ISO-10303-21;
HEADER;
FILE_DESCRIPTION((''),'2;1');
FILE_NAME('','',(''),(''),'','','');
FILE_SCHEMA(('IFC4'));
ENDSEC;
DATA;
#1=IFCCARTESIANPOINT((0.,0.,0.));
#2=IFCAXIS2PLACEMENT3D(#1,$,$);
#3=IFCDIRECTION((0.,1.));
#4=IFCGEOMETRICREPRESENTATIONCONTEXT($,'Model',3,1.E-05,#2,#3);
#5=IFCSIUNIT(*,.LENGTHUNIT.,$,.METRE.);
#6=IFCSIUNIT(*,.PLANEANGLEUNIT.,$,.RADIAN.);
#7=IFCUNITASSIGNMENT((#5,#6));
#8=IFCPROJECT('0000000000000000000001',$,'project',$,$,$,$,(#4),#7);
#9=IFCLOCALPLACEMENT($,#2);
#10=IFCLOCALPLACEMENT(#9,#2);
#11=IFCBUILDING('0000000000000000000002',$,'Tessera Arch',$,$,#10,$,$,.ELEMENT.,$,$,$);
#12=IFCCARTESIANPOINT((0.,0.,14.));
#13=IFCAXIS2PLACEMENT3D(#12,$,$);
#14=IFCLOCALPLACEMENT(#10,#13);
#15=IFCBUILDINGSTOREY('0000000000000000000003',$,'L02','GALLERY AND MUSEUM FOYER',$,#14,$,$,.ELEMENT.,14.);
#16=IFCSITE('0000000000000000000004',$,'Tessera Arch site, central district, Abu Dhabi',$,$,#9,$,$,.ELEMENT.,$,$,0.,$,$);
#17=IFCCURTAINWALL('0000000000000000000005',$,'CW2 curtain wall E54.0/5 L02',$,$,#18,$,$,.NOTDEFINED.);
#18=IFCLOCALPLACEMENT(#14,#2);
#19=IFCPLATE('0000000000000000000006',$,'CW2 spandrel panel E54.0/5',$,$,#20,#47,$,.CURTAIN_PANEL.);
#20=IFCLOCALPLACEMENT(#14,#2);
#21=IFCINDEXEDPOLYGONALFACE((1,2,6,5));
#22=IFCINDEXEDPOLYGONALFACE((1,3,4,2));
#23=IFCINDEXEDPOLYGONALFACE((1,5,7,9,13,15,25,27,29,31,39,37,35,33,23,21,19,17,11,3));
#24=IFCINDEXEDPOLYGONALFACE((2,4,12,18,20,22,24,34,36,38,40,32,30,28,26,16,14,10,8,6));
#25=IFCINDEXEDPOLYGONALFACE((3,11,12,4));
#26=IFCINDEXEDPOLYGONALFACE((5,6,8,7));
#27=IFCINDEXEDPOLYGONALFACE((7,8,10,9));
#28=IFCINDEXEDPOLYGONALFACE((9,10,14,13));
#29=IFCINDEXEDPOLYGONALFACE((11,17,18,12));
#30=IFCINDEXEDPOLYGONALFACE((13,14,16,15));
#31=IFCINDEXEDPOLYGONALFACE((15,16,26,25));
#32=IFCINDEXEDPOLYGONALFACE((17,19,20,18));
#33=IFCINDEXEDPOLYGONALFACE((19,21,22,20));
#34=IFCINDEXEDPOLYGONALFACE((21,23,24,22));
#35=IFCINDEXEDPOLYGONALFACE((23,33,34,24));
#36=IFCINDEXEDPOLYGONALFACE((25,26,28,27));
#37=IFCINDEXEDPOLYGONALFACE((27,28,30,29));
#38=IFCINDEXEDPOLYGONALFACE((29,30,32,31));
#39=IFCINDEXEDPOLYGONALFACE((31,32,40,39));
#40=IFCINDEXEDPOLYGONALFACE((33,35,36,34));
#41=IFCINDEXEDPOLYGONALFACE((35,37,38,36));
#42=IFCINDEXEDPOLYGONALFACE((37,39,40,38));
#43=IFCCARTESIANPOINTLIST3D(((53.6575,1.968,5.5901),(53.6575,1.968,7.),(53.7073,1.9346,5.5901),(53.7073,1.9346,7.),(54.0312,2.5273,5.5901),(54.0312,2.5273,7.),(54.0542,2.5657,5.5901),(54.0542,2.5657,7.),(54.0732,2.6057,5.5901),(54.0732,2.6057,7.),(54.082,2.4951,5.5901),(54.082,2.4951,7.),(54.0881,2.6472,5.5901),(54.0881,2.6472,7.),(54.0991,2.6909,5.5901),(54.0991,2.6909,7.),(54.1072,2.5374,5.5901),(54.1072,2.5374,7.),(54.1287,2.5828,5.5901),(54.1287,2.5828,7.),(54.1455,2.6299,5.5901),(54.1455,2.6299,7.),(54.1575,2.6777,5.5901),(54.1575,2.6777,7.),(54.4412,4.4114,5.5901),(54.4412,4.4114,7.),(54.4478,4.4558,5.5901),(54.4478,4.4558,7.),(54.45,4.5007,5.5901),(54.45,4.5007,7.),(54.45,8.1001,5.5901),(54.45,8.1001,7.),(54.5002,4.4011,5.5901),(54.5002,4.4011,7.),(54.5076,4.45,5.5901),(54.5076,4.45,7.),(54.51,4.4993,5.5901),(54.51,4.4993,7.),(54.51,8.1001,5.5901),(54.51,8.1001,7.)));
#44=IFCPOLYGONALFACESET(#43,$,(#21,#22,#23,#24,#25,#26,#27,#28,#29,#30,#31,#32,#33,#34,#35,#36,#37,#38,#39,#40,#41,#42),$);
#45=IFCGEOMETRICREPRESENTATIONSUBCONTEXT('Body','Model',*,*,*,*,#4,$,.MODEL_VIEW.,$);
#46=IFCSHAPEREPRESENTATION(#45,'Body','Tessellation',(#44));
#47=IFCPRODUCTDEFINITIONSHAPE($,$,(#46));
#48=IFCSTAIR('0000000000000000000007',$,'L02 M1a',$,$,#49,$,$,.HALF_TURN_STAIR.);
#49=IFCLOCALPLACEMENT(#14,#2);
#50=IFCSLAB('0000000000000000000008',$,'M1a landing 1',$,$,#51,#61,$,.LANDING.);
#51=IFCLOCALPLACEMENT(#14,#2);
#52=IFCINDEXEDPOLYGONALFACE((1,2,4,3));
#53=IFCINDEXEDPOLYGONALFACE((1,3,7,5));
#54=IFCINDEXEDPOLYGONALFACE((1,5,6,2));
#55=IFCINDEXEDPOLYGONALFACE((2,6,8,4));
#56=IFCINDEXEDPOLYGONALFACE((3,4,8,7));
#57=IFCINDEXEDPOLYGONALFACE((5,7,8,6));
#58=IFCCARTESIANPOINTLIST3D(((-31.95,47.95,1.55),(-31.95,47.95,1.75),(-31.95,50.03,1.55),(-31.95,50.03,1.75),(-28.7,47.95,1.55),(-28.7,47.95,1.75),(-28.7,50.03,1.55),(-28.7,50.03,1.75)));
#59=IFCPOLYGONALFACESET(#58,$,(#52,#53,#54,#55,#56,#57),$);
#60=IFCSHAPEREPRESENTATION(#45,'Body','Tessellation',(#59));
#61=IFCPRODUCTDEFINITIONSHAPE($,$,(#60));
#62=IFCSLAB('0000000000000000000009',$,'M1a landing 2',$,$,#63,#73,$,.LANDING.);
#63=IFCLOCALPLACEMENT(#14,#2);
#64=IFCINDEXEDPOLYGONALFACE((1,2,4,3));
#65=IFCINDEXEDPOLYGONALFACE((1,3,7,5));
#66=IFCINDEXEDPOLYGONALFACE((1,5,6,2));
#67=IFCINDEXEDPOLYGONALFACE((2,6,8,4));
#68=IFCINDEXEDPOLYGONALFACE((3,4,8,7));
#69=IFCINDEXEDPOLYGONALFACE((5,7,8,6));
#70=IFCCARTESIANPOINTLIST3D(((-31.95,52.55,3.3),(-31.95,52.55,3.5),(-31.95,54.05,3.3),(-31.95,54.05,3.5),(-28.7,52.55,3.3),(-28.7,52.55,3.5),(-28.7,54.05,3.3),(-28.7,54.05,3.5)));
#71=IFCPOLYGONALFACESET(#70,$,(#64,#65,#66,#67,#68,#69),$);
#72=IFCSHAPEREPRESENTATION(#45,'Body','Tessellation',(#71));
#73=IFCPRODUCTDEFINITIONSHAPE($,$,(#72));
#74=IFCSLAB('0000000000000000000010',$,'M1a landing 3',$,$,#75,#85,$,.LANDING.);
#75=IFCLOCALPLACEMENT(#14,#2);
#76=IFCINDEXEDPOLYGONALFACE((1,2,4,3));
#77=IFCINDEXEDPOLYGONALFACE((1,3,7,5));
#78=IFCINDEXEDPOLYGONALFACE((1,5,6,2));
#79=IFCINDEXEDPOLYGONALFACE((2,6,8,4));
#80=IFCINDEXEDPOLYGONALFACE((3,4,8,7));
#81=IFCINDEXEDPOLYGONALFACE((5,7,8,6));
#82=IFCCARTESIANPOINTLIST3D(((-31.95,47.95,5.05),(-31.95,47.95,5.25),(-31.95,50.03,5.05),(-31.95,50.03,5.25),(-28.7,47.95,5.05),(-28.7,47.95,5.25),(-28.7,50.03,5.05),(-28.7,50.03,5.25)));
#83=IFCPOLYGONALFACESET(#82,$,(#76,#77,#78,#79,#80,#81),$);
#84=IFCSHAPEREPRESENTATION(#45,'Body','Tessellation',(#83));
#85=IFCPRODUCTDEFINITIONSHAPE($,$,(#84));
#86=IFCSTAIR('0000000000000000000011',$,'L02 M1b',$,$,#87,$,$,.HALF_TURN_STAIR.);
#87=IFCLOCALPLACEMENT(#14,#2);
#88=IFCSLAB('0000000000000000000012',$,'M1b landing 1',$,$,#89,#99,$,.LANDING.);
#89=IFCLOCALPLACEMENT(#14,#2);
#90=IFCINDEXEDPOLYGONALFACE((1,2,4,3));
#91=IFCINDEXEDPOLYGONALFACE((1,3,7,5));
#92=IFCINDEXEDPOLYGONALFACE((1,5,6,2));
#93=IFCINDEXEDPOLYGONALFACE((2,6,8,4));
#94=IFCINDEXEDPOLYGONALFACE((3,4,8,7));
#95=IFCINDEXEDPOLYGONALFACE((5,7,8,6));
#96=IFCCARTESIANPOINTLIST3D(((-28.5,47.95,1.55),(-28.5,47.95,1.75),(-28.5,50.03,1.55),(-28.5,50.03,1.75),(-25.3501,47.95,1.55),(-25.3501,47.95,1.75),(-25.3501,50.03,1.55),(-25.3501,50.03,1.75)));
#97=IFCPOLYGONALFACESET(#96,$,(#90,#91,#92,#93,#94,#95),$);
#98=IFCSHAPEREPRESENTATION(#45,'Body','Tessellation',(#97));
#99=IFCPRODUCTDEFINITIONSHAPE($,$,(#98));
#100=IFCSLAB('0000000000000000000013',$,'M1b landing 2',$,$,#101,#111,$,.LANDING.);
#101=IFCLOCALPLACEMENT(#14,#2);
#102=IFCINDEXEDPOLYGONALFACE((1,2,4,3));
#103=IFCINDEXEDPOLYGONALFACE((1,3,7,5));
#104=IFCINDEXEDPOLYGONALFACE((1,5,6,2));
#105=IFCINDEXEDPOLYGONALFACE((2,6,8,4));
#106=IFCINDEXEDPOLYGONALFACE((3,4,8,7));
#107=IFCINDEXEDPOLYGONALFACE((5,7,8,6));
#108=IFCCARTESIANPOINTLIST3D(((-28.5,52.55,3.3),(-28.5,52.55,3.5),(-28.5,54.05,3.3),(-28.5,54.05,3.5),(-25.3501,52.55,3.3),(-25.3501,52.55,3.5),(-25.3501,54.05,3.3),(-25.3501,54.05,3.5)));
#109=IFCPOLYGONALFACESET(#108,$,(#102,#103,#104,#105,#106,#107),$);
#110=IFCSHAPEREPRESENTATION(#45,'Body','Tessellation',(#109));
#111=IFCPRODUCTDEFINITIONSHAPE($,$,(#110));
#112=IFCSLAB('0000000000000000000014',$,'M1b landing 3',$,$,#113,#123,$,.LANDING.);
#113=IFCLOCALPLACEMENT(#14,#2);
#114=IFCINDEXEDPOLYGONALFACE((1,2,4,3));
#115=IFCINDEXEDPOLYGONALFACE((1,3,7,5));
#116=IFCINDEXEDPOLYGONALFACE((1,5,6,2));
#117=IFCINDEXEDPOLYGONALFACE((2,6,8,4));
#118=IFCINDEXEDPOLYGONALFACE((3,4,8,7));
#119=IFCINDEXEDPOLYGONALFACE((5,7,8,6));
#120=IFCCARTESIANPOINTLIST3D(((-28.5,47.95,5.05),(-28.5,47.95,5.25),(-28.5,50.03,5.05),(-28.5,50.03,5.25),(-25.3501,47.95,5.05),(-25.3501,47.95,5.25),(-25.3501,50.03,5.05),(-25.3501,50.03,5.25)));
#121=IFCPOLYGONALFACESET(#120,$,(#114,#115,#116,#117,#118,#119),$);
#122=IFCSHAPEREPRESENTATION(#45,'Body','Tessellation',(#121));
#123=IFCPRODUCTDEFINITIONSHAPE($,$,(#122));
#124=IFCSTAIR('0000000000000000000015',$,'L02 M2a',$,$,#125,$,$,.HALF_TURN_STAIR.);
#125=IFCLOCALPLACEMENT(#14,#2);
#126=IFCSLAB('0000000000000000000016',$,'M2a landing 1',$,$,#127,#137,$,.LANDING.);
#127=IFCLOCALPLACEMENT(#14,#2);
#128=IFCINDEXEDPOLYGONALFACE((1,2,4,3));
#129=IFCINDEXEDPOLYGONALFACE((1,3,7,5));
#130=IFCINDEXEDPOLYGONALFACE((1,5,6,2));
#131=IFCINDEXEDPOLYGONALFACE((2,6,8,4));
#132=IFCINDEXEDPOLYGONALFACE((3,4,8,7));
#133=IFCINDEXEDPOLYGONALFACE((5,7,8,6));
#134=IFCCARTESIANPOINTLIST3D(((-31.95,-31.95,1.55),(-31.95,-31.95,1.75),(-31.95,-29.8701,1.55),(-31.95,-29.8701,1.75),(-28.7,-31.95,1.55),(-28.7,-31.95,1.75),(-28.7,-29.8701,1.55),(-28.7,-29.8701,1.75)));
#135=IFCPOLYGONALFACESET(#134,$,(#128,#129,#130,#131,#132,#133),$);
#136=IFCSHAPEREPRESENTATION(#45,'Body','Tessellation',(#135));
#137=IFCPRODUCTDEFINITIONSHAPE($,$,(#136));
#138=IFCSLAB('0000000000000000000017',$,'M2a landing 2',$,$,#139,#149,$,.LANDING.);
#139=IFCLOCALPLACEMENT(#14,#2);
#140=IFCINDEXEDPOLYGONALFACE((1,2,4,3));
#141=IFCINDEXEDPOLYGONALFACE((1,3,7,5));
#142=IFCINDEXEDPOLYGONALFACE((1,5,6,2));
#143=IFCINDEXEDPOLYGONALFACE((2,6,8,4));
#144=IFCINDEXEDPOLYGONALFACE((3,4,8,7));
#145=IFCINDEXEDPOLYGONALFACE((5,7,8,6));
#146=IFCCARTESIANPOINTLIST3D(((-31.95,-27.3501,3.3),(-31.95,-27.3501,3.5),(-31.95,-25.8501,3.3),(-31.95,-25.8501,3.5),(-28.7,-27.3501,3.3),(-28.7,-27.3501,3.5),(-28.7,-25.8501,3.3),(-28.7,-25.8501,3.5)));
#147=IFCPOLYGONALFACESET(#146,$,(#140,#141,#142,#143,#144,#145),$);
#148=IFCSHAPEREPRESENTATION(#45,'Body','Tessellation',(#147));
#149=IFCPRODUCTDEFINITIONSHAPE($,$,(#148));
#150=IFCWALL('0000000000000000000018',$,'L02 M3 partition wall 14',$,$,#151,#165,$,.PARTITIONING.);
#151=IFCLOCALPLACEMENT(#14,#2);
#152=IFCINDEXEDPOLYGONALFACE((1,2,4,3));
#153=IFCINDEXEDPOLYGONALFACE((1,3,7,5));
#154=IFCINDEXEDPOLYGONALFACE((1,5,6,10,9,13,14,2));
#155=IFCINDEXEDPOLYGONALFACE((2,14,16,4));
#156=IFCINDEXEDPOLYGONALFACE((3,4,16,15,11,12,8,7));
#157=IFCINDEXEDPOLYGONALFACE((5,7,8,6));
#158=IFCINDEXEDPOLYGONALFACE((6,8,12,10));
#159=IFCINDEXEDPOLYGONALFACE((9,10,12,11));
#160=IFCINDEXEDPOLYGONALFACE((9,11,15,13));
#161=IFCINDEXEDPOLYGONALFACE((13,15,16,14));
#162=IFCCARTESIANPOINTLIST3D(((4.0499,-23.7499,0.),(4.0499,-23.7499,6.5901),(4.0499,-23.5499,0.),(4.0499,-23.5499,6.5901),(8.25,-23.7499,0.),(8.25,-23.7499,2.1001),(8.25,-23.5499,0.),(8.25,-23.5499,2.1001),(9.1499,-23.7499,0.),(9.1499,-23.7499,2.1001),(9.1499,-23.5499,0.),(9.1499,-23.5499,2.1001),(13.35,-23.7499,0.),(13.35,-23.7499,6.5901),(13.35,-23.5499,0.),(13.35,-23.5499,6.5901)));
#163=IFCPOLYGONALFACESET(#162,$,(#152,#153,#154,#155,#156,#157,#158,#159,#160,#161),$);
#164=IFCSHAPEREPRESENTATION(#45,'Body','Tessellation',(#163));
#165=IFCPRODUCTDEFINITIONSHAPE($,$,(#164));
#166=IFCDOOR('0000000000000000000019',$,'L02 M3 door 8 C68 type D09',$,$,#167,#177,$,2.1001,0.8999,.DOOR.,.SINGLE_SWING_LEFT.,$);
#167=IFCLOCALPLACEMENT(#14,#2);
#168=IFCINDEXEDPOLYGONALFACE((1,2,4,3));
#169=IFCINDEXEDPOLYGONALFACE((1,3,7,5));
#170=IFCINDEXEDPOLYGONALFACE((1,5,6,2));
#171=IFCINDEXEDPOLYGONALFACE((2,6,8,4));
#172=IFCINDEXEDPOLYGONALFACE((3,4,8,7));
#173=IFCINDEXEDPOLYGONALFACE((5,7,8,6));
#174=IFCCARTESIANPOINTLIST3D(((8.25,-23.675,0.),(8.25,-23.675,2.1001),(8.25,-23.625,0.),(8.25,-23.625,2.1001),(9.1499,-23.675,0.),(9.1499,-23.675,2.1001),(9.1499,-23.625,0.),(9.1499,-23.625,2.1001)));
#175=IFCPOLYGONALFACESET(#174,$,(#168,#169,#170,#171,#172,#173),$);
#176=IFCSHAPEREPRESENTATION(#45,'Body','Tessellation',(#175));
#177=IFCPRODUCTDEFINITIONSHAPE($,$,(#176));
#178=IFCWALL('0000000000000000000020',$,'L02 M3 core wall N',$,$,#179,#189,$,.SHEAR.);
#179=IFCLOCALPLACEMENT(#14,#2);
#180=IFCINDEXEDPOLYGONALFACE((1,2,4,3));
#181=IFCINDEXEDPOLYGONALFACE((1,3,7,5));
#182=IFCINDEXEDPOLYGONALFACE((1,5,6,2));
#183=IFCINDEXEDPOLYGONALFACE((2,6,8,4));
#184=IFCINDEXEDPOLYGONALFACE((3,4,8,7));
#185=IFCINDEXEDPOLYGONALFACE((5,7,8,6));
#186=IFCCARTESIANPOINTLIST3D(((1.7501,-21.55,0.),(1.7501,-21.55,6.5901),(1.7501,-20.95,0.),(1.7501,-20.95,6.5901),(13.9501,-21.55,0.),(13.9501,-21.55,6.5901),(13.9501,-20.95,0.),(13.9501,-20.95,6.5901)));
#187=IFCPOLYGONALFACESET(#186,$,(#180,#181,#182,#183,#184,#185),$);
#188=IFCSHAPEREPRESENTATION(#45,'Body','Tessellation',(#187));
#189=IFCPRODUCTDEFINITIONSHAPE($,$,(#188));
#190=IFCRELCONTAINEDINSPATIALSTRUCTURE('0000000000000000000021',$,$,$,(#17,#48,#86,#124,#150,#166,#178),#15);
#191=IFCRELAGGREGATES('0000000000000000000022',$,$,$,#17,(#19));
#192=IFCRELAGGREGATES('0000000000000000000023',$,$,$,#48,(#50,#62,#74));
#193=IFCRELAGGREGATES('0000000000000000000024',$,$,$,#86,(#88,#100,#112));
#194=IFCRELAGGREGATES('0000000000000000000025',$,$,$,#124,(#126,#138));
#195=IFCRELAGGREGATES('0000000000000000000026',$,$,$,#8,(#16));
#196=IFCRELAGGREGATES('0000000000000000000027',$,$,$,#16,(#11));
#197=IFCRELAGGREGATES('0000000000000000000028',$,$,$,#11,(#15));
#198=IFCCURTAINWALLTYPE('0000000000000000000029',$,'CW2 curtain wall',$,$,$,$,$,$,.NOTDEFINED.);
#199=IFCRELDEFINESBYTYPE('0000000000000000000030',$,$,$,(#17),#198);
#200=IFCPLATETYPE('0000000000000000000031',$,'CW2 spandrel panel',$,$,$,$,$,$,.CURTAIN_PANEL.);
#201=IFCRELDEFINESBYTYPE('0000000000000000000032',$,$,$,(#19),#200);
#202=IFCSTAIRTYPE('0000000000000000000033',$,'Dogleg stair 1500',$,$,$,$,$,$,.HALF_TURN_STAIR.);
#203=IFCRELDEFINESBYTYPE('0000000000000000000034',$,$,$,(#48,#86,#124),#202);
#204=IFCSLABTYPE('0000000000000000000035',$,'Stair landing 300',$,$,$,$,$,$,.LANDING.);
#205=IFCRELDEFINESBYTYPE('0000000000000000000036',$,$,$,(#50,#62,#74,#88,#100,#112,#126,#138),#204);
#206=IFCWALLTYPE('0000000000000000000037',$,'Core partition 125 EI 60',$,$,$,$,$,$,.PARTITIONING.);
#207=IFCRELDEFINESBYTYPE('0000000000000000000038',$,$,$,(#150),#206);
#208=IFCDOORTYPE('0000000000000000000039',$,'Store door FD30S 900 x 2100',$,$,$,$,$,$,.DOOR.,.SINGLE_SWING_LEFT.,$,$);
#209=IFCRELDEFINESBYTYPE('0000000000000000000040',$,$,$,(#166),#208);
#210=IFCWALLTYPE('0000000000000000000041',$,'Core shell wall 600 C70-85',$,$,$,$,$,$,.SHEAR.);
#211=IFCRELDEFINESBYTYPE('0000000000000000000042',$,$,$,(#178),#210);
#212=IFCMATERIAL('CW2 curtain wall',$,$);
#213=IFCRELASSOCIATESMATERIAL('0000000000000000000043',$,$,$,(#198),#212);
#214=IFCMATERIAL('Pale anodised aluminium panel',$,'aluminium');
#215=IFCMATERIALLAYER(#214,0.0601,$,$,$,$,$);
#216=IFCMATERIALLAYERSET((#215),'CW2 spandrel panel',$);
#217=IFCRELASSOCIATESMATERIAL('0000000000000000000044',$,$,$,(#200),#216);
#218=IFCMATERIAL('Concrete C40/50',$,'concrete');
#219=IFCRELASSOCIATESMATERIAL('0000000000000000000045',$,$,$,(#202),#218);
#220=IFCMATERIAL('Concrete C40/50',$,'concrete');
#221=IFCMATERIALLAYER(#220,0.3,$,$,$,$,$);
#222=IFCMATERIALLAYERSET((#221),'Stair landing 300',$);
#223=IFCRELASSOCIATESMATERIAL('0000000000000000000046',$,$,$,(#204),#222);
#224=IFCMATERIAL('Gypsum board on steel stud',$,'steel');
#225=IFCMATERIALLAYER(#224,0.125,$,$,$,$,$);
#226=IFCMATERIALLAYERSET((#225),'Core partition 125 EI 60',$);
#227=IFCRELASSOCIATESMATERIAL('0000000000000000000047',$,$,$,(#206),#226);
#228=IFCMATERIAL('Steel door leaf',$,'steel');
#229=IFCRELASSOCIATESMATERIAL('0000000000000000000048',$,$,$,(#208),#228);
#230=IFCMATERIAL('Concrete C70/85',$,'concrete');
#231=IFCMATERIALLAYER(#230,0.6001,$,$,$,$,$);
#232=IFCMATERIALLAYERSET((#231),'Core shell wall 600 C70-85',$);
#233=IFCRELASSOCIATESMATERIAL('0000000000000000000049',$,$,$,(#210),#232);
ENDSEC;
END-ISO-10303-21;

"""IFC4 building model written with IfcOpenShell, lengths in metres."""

from ifc_helpers import new_model, si_unit, direction, frame, frame_2d, origin, place, context, subcontext, project, spatial, polyline, rectangle, outline, extrude, material, layer, layer_set, type_object, element, fill, aggregate, save


model = new_model("IFC4")

# Units and contexts
model_context = context("Model", 3, precision=1e-05, world=origin(), true_north=direction((0.0, 1.0)))
body_context = subcontext(model_context, "Body", "Model", "MODEL_VIEW")
ifc_project = project(units=[si_unit("LENGTHUNIT", "METRE"), si_unit("PLANEANGLEUNIT", "RADIAN")], contexts=[model_context])

# Site, building, storey
site_placement = place(None, origin())
site = spatial("IfcSite", under=ifc_project, at=site_placement, Name="Tessera Arch site, central district, Abu Dhabi", CompositionType="ELEMENT", RefElevation=0.0)
building_placement = place(site_placement, origin())
building = spatial("IfcBuilding", under=site, at=building_placement, Name="Tessera Arch", CompositionType="ELEMENT")
storey_placement = place(building_placement, frame((0.0, 0.0, 14.0)))
storey = spatial("IfcBuildingStorey", under=building, at=storey_placement, Name="L02", Description="GALLERY AND MUSEUM FOYER", CompositionType="ELEMENT", Elevation=14.0)

# Curtain wall
ifc_material_1 = material(Name="CW2 curtain wall")
curtain_wall_type = type_object("IfcCurtainWallType", Name="CW2 curtain wall", PredefinedType="NOTDEFINED", material=ifc_material_1)
curtain_wall_placement = place(storey_placement, origin())
curtain_wall = element("IfcCurtainWall", 1, at=curtain_wall_placement, inside=storey, type_object=curtain_wall_type, Name="CW2 curtain wall E54.0/5 L02", PredefinedType="NOTDEFINED")

# Plate
ifc_material_2 = material(Name="Pale anodised aluminium panel", Category="aluminium")
ifc_layer_1 = layer(ifc_material_2, 0.0601)
ifc_layer_set_1 = layer_set([ifc_layer_1], Name="CW2 spandrel panel")
plate_type_1 = type_object("IfcPlateType", Name="CW2 spandrel panel", PredefinedType="CURTAIN_PANEL", material=ifc_layer_set_1)
plate_1_placement = place(storey_placement, frame((0.0, 0.0, 5.5901)))
plate_1 = element("IfcPlate", 2, at=plate_1_placement, type_object=plate_type_1, Name="CW2 spandrel panel E54.0/5", PredefinedType="CURTAIN_PANEL", context=body_context, shape_type="SweptSolid", body=[
    extrude(outline(polyline([(54.0312, 2.5273), (53.6575, 1.968), (53.7073, 1.9346), (54.082, 2.4951), (54.1072, 2.5374), (54.1287, 2.5828), (54.1455, 2.6299), (54.1575, 2.6777), (54.5002, 4.4011), (54.5076, 4.45), (54.51, 4.4993), (54.51, 8.1001), (54.45, 8.1001), (54.45, 4.5007), (54.4478, 4.4558), (54.4412, 4.4114), (54.0991, 2.6909), (54.0881, 2.6472), (54.0732, 2.6057), (54.0542, 2.5657), (54.0312, 2.5273)])), origin(), (0.0, 0.0, 1.0), 1.4099),
])
aggregate(curtain_wall, [plate_1])

# Stairs, slabs
ifc_material_3 = material(Name="Concrete C40/50", Category="concrete")
stair_type = type_object("IfcStairType", Name="Dogleg stair 1500", PredefinedType="HALF_TURN_STAIR", material=ifc_material_3)
stair_1_placement = place(storey_placement, origin())
stair_1 = element("IfcStair", 3, at=stair_1_placement, inside=storey, type_object=stair_type, Name="L02 M1a", PredefinedType="HALF_TURN_STAIR")
ifc_material_4 = material(Name="Concrete C40/50", Category="concrete")
ifc_layer_2 = layer(ifc_material_4, 0.3)
ifc_layer_set_2 = layer_set([ifc_layer_2], Name="Stair landing 300")
slab_type = type_object("IfcSlabType", Name="Stair landing 300", PredefinedType="LANDING", material=ifc_layer_set_2)
slab_1_placement = place(storey_placement, frame((0.0, 0.0, 1.55)))
slab_1 = element("IfcSlab", 4, at=slab_1_placement, type_object=slab_type, Name="M1a landing 1", PredefinedType="LANDING", context=body_context, shape_type="SweptSolid", body=[
    extrude(outline(polyline([(-31.95, 50.03), (-31.95, 47.95), (-28.7, 47.95), (-28.7, 50.03), (-31.95, 50.03)])), origin(), (0.0, 0.0, 1.0), 0.2),
])
slab_2_placement = place(storey_placement, frame((0.0, 0.0, 3.3)))
slab_2 = element("IfcSlab", 5, at=slab_2_placement, type_object=slab_type, Name="M1a landing 2", PredefinedType="LANDING", context=body_context, shape_type="SweptSolid", body=[
    extrude(outline(polyline([(-31.95, 54.05), (-31.95, 52.55), (-28.7, 52.55), (-28.7, 54.05), (-31.95, 54.05)])), origin(), (0.0, 0.0, 1.0), 0.2),
])
slab_3_placement = place(storey_placement, frame((0.0, 0.0, 5.05)))
slab_3 = element("IfcSlab", 6, at=slab_3_placement, type_object=slab_type, Name="M1a landing 3", PredefinedType="LANDING", context=body_context, shape_type="SweptSolid", body=[
    extrude(outline(polyline([(-31.95, 50.03), (-31.95, 47.95), (-28.7, 47.95), (-28.7, 50.03), (-31.95, 50.03)])), origin(), (0.0, 0.0, 1.0), 0.2),
])
aggregate(stair_1, [slab_1, slab_2, slab_3])
stair_2_placement = place(storey_placement, origin())
stair_2 = element("IfcStair", 7, at=stair_2_placement, inside=storey, type_object=stair_type, Name="L02 M1b", PredefinedType="HALF_TURN_STAIR")
slab_4_placement = place(storey_placement, frame((0.0, 0.0, 1.55)))
slab_4 = element("IfcSlab", 8, at=slab_4_placement, type_object=slab_type, Name="M1b landing 1", PredefinedType="LANDING", context=body_context, shape_type="SweptSolid", body=[
    extrude(outline(polyline([(-28.5, 50.03), (-28.5, 47.95), (-25.3501, 47.95), (-25.3501, 50.03), (-28.5, 50.03)])), origin(), (0.0, 0.0, 1.0), 0.2),
])
slab_5_placement = place(storey_placement, frame((0.0, 0.0, 3.3)))
slab_5 = element("IfcSlab", 9, at=slab_5_placement, type_object=slab_type, Name="M1b landing 2", PredefinedType="LANDING", context=body_context, shape_type="SweptSolid", body=[
    extrude(outline(polyline([(-28.5, 54.05), (-28.5, 52.55), (-25.3501, 52.55), (-25.3501, 54.05), (-28.5, 54.05)])), origin(), (0.0, 0.0, 1.0), 0.2),
])
slab_6_placement = place(storey_placement, frame((0.0, 0.0, 5.05)))
slab_6 = element("IfcSlab", 10, at=slab_6_placement, type_object=slab_type, Name="M1b landing 3", PredefinedType="LANDING", context=body_context, shape_type="SweptSolid", body=[
    extrude(outline(polyline([(-28.5, 50.03), (-28.5, 47.95), (-25.3501, 47.95), (-25.3501, 50.03), (-28.5, 50.03)])), origin(), (0.0, 0.0, 1.0), 0.2),
])
aggregate(stair_2, [slab_4, slab_5, slab_6])
stair_3_placement = place(storey_placement, origin())
stair_3 = element("IfcStair", 11, at=stair_3_placement, inside=storey, type_object=stair_type, Name="L02 M2a", PredefinedType="HALF_TURN_STAIR")
slab_7_placement = place(storey_placement, frame((0.0, 0.0, 1.55)))
slab_7 = element("IfcSlab", 12, at=slab_7_placement, type_object=slab_type, Name="M2a landing 1", PredefinedType="LANDING", context=body_context, shape_type="SweptSolid", body=[
    extrude(outline(polyline([(-31.95, -29.8701), (-31.95, -31.95), (-28.7, -31.95), (-28.7, -29.8701), (-31.95, -29.8701)])), origin(), (0.0, 0.0, 1.0), 0.2),
])
slab_8_placement = place(storey_placement, frame((0.0, 0.0, 3.3)))
slab_8 = element("IfcSlab", 13, at=slab_8_placement, type_object=slab_type, Name="M2a landing 2", PredefinedType="LANDING", context=body_context, shape_type="SweptSolid", body=[
    extrude(outline(polyline([(-31.95, -25.8501), (-31.95, -27.3501), (-28.7, -27.3501), (-28.7, -25.8501), (-31.95, -25.8501)])), origin(), (0.0, 0.0, 1.0), 0.2),
])
aggregate(stair_3, [slab_7, slab_8])

# Wall, opening, door
ifc_material_5 = material(Name="Gypsum board on steel stud", Category="steel")
ifc_layer_3 = layer(ifc_material_5, 0.125)
ifc_layer_set_3 = layer_set([ifc_layer_3], Name="Core partition 125 EI 60")
wall_type_1 = type_object("IfcWallType", Name="Core partition 125 EI 60", PredefinedType="PARTITIONING", material=ifc_layer_set_3)
wall_1_placement = place(storey_placement, frame((4.05, -23.6499, 0.0), z_axis=(0.0, 0.0, 1.0), x_axis=(1.0, 0.0, 0.0)))
wall_1 = element("IfcWall", 14, at=wall_1_placement, inside=storey, type_object=wall_type_1, Name="L02 M3 partition wall 14", PredefinedType="PARTITIONING", context=body_context, shape_type="SweptSolid", body=[
    extrude(rectangle(XDim=9.3, YDim=0.2, at=frame_2d((4.6499, 0.0))), origin(), (0.0, 0.0, 1.0), 6.5901),
])
opening_1_placement = place(wall_1_placement, frame((4.2, 0.0, 0.0)))
opening_1 = element("IfcOpeningElement", 15, at=opening_1_placement, cuts=wall_1, PredefinedType="OPENING", context=body_context, shape_type="SweptSolid", body=[
    extrude(rectangle(XDim=0.8999, YDim=2.1001, at=frame_2d((0.45, 1.05))), frame((0.0, 0.1099, 0.0), z_axis=(0.0, -1.0, 0.0), x_axis=(1.0, 0.0, 0.0)), (0.0, 0.0, 1.0), 0.22),
])
ifc_material_6 = material(Name="Steel door leaf", Category="steel")
door_type_1 = type_object("IfcDoorType", Name="Store door FD30S 900 x 2100", OperationType="SINGLE_SWING_LEFT", PredefinedType="DOOR", material=ifc_material_6)
door_1_placement = place(opening_1_placement, origin())
door_1 = element("IfcDoor", 16, at=door_1_placement, inside=storey, type_object=door_type_1, Name="L02 M3 door 8 C68 type D09", OperationType="SINGLE_SWING_LEFT", OverallHeight=2.1001, OverallWidth=0.8999, PredefinedType="DOOR", context=body_context, shape_type="SweptSolid", body=[
    extrude(rectangle(XDim=0.8999, YDim=2.1001, at=frame_2d((0.45, 1.05))), frame((0.0, 0.0249, 0.0), z_axis=(0.0, -1.0, 0.0), x_axis=(1.0, 0.0, 0.0)), (0.0, 0.0, 1.0), 0.05),
])
fill(opening_1, door_1)

# Wall
ifc_material_7 = material(Name="Concrete C70/85", Category="concrete")
ifc_layer_4 = layer(ifc_material_7, 0.6001)
ifc_layer_set_4 = layer_set([ifc_layer_4], Name="Core shell wall 600 C70-85")
wall_type_2 = type_object("IfcWallType", Name="Core shell wall 600 C70-85", PredefinedType="SHEAR", material=ifc_layer_set_4)
wall_2_placement = place(storey_placement, frame((1.75, -21.25, 0.0), z_axis=(0.0, 0.0, 1.0), x_axis=(1.0, 0.0, 0.0)))
element("IfcWall", 17, at=wall_2_placement, inside=storey, type_object=wall_type_2, Name="L02 M3 core wall N", PredefinedType="SHEAR", context=body_context, shape_type="SweptSolid", body=[
    extrude(rectangle(XDim=12.2, YDim=0.6001, at=frame_2d((6.1001, 0.0))), origin(), (0.0, 0.0, 1.0), 6.5901),
])

save(model, "model.ifc")
